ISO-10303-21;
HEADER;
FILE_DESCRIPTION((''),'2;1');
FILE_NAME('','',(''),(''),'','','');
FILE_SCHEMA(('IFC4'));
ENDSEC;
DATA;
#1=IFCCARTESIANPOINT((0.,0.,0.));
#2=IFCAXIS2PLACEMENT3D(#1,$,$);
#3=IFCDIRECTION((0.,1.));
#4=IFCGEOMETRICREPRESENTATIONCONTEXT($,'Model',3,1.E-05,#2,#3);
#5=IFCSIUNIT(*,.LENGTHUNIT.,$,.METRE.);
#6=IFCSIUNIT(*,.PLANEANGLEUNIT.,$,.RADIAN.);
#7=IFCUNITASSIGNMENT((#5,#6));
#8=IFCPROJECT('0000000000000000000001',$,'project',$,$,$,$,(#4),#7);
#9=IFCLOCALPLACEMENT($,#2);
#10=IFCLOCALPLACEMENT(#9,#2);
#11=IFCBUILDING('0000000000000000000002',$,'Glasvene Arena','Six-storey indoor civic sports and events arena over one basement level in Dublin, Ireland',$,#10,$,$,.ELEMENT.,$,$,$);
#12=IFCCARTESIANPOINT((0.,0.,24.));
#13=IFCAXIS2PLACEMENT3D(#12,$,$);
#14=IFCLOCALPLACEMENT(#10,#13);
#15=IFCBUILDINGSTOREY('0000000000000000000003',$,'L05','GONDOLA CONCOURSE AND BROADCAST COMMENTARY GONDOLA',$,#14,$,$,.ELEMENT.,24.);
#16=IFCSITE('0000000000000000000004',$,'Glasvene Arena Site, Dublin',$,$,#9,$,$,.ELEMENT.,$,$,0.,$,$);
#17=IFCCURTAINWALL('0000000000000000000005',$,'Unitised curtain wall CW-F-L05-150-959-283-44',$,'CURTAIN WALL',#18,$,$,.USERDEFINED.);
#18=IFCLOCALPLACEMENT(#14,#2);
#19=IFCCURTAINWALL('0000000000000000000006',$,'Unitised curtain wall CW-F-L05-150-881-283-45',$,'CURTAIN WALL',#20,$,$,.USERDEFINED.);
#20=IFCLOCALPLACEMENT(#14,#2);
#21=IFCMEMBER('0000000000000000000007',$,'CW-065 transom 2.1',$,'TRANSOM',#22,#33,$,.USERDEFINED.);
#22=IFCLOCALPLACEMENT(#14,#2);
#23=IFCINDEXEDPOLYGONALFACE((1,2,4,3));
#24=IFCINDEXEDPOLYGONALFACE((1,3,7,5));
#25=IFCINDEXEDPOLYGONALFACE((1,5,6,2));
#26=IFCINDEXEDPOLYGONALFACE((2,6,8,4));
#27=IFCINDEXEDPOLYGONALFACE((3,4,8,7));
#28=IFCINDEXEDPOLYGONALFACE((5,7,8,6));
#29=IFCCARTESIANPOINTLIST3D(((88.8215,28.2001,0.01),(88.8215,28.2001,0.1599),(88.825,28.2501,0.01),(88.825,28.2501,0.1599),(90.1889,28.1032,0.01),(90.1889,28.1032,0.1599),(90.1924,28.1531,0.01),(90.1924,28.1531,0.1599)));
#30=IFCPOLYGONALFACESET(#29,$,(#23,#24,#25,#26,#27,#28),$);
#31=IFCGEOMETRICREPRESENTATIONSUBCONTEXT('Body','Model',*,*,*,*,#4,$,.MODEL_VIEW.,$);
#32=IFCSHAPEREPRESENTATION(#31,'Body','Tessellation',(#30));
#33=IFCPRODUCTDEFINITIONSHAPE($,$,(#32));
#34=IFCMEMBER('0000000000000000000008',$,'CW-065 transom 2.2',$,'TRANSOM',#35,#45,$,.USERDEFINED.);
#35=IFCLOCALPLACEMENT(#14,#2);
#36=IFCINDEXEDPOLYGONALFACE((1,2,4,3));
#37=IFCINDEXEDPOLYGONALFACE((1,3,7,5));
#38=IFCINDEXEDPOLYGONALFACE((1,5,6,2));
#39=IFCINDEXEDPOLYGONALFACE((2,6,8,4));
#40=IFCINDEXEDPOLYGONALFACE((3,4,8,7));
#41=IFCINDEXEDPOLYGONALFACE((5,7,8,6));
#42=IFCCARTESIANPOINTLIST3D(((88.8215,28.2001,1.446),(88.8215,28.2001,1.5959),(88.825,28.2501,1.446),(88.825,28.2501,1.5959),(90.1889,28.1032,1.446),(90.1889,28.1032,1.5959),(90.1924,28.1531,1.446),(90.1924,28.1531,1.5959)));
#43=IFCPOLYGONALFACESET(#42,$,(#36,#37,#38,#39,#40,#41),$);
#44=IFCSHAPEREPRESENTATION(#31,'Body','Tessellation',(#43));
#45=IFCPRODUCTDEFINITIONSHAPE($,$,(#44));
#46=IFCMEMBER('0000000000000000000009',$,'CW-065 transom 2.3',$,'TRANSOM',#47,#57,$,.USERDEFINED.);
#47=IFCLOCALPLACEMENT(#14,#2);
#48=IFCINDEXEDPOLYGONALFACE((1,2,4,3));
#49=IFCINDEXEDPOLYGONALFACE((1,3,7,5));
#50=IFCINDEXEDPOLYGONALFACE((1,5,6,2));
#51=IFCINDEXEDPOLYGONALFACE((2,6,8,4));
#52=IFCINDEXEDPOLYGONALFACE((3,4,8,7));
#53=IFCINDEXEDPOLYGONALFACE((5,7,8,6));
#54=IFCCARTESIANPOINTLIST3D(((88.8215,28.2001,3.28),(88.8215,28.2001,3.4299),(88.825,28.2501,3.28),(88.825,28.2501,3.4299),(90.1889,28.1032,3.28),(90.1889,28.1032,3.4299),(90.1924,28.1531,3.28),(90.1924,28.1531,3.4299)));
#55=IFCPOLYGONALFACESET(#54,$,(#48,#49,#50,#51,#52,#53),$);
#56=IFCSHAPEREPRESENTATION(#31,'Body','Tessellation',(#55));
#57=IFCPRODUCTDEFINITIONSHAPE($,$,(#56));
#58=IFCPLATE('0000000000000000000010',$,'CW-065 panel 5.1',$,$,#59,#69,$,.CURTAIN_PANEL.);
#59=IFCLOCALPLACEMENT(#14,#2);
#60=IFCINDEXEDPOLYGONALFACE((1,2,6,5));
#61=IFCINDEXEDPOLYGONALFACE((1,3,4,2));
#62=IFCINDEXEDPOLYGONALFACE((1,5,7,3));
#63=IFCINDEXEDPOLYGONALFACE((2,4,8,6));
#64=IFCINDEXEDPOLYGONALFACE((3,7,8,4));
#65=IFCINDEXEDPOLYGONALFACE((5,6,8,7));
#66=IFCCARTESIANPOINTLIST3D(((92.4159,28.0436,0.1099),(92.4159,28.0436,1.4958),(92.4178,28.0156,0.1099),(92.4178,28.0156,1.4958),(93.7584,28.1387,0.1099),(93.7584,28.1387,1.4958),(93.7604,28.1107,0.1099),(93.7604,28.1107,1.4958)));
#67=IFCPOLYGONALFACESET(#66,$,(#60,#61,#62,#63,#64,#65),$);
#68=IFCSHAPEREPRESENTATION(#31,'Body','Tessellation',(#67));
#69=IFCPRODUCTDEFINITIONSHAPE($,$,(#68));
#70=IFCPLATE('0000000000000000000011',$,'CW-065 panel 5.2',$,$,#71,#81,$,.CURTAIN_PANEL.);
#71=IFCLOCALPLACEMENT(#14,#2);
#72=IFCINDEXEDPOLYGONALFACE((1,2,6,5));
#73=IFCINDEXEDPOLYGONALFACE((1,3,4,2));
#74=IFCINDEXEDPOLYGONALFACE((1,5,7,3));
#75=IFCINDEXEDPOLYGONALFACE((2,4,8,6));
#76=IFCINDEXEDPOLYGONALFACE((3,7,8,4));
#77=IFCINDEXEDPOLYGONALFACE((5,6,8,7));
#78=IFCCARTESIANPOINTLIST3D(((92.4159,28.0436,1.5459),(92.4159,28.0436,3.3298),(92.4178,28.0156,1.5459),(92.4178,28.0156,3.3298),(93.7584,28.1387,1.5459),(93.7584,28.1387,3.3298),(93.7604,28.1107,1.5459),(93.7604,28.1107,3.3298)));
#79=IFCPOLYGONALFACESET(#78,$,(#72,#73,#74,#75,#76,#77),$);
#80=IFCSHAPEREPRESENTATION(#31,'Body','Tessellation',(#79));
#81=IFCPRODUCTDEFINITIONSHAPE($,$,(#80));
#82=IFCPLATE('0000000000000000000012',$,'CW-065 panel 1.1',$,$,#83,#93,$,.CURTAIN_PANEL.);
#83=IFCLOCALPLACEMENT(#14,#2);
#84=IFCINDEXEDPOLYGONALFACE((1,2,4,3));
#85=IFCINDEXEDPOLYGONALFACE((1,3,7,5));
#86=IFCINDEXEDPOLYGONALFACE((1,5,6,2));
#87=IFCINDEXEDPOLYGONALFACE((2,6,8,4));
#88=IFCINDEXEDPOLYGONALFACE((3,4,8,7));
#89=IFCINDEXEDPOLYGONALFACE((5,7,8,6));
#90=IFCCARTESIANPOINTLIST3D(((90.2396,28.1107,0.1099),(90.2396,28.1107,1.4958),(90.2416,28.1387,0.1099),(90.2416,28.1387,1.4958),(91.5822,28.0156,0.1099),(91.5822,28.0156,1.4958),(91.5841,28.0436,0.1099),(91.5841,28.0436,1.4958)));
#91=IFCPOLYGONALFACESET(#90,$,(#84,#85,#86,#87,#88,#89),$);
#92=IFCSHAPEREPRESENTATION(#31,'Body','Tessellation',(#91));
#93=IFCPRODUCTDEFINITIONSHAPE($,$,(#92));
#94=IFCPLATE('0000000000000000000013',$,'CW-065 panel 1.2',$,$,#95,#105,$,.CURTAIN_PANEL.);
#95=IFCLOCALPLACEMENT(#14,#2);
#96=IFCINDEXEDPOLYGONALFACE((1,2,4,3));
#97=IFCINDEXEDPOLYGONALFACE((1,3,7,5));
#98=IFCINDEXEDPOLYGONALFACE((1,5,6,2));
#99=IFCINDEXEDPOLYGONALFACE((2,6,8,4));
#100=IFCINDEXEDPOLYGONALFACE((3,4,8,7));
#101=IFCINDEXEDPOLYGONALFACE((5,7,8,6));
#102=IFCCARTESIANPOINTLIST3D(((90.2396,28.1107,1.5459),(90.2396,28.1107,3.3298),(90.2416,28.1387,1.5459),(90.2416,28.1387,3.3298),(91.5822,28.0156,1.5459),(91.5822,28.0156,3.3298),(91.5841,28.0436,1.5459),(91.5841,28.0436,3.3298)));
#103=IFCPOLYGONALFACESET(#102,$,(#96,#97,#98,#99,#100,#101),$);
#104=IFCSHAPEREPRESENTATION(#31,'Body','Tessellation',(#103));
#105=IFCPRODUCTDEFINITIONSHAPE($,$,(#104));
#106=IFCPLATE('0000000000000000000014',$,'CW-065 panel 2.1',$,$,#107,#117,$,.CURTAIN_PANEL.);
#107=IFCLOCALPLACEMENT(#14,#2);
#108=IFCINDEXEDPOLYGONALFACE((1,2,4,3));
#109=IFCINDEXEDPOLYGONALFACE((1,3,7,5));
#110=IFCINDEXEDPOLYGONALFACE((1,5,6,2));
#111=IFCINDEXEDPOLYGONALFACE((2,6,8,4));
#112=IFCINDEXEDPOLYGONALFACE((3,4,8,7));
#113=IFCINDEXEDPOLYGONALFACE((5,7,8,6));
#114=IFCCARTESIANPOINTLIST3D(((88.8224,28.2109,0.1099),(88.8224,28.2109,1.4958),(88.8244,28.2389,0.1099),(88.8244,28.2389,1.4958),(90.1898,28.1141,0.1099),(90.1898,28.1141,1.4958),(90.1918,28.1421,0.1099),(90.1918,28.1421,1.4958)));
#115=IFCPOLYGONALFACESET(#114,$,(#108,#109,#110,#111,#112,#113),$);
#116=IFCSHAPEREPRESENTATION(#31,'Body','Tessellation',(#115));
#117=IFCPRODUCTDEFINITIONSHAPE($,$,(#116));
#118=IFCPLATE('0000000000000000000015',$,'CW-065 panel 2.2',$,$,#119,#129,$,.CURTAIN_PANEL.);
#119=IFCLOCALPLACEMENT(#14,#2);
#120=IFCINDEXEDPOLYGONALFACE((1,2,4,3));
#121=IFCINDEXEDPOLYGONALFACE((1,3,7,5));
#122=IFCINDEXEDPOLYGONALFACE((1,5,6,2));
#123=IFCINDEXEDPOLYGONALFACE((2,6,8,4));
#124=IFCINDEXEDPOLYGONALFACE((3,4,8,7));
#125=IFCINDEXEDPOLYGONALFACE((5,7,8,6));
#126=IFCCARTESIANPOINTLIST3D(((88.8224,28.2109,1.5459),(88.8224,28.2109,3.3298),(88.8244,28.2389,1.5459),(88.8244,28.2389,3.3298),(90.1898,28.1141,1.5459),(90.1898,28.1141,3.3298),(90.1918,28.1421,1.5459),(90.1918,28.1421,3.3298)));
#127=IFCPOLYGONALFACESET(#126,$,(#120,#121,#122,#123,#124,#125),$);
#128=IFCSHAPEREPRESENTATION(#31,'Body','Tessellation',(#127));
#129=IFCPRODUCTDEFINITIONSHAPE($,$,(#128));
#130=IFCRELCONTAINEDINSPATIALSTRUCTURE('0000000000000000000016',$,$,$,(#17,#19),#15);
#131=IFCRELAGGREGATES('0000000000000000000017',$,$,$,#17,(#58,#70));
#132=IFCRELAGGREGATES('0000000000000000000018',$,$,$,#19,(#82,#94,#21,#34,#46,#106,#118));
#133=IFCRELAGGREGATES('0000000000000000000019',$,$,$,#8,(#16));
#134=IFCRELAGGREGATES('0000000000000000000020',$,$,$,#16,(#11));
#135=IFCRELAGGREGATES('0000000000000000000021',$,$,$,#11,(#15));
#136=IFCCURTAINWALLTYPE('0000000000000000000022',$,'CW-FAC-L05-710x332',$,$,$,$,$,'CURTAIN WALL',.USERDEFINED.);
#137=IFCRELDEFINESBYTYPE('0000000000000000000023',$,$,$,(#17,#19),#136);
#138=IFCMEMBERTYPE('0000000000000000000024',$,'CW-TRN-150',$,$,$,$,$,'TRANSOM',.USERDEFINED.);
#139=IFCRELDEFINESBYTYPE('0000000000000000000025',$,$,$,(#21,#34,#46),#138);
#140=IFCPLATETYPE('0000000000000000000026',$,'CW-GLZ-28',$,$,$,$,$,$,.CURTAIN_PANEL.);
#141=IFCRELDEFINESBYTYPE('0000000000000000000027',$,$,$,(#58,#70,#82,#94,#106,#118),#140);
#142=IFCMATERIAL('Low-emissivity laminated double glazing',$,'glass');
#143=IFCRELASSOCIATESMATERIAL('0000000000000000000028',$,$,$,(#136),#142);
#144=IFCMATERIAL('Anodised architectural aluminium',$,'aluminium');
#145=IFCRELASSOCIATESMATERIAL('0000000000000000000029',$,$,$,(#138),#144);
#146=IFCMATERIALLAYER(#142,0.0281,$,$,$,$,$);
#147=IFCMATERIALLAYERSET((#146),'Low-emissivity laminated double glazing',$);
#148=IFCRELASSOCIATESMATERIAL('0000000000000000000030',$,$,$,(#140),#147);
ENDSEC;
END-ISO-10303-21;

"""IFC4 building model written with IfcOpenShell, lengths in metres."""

from ifc_helpers import new_model, si_unit, direction, frame, origin, origin_2d, place, context, subcontext, project, spatial, rectangle, extrude, material, layer, layer_set, material_profile, profile_set, type_object, element, aggregate, save


model = new_model("IFC4")

# Units and contexts
model_context = context("Model", 3, precision=1e-05, world=origin(), true_north=direction((0.0, 1.0)))
body_context = subcontext(model_context, "Body", "Model", "MODEL_VIEW")
ifc_project = project(units=[si_unit("LENGTHUNIT", "METRE"), si_unit("PLANEANGLEUNIT", "RADIAN")], contexts=[model_context])

# Site, building, storey
site_placement = place(None, origin())
site = spatial("IfcSite", under=ifc_project, at=site_placement, Name="Glasvene Arena Site, Dublin", CompositionType="ELEMENT", RefElevation=0.0)
building_placement = place(site_placement, origin())
building = spatial("IfcBuilding", under=site, at=building_placement, Name="Glasvene Arena", Description="Six-storey indoor civic sports and events arena over one basement level in Dublin, Ireland", CompositionType="ELEMENT")
storey_placement = place(building_placement, frame((0.0, 0.0, 24.0)))
storey = spatial("IfcBuildingStorey", under=building, at=storey_placement, Name="L05", Description="GONDOLA CONCOURSE AND BROADCAST COMMENTARY GONDOLA", CompositionType="ELEMENT", Elevation=24.0)

# Curtain walls
ifc_material_1 = material(Name="Low-emissivity laminated double glazing", Category="glass")
curtain_wall_type = type_object("IfcCurtainWallType", Name="CW-FAC-L05-710x332", ElementType="CURTAIN WALL", PredefinedType="USERDEFINED", material=ifc_material_1)
curtain_wall_1_placement = place(storey_placement, frame((99.4539, 28.5281, 0.0)))
curtain_wall_1 = element("IfcCurtainWall", 1, at=curtain_wall_1_placement, inside=storey, type_object=curtain_wall_type, Name="Unitised curtain wall CW-F-L05-150-959-283-44", ObjectType="CURTAIN WALL", PredefinedType="USERDEFINED")
ifc_material_2 = material(Name="Anodised architectural aluminium", Category="aluminium")
curtain_wall_2_placement = place(storey_placement, frame((91.6331, 28.0259, 0.0)))
curtain_wall_2 = element("IfcCurtainWall", 2, at=curtain_wall_2_placement, inside=storey, type_object=curtain_wall_type, Name="Unitised curtain wall CW-F-L05-150-881-283-45", ObjectType="CURTAIN WALL", PredefinedType="USERDEFINED")

# Members
ifc_material_profile_1 = material_profile(ifc_material_2, rectangle(XDim=0.05, YDim=0.1499, at=origin_2d()), Name="ALU TRANSOM 50x150")
ifc_profile_set_1 = profile_set([ifc_material_profile_1], Name="Anodised architectural aluminium")
member_type_1 = type_object("IfcMemberType", Name="CW-TRN-150", ElementType="TRANSOM", PredefinedType="USERDEFINED", material=ifc_profile_set_1)
member_1_placement = place(storey_placement, frame((90.1907, 28.1282, 0.085), z_axis=(-0.997497, 0.070703, 0.0), x_axis=(-0.070703, -0.997497, 0.0)))
member_1 = element("IfcMember", 3, at=member_1_placement, type_object=member_type_1, Name="CW-065 transom 2.1", ObjectType="TRANSOM", PredefinedType="USERDEFINED", context=body_context, shape_type="SweptSolid", body=[
    extrude(rectangle(XDim=0.05, YDim=0.1499, at=origin_2d()), origin(), (0.0, 0.0, 1.0), 1.3708),
])
member_2_placement = place(storey_placement, frame((90.1907, 28.1282, 1.521), z_axis=(-0.997497, 0.070703, 0.0), x_axis=(-0.070703, -0.997497, 0.0)))
member_2 = element("IfcMember", 4, at=member_2_placement, type_object=member_type_1, Name="CW-065 transom 2.2", ObjectType="TRANSOM", PredefinedType="USERDEFINED", context=body_context, shape_type="SweptSolid", body=[
    extrude(rectangle(XDim=0.05, YDim=0.1499, at=origin_2d()), origin(), (0.0, 0.0, 1.0), 1.3708),
])
member_3_placement = place(storey_placement, frame((90.1907, 28.1282, 3.355), z_axis=(-0.997497, 0.070703, 0.0), x_axis=(-0.070703, -0.997497, 0.0)))
member_3 = element("IfcMember", 5, at=member_3_placement, type_object=member_type_1, Name="CW-065 transom 2.3", ObjectType="TRANSOM", PredefinedType="USERDEFINED", context=body_context, shape_type="SweptSolid", body=[
    extrude(rectangle(XDim=0.05, YDim=0.1499, at=origin_2d()), origin(), (0.0, 0.0, 1.0), 1.3708),
])

# Plates
ifc_layer = layer(ifc_material_1, 0.0281)
ifc_layer_set = layer_set([ifc_layer], Name="Low-emissivity laminated double glazing")
plate_type = type_object("IfcPlateType", Name="CW-GLZ-28", PredefinedType="CURTAIN_PANEL", material=ifc_layer_set)
plate_1_placement = place(storey_placement, frame((93.0881, 28.0771, 0.1099), z_axis=(0.0, 0.0, 1.0), x_axis=(-0.997501, -0.070657, 0.0)))
plate_1 = element("IfcPlate", 6, at=plate_1_placement, type_object=plate_type, Name="CW-065 panel 5.1", PredefinedType="CURTAIN_PANEL", context=body_context, shape_type="SweptSolid", body=[
    extrude(rectangle(XDim=1.3459, YDim=0.0281, at=origin_2d()), origin(), (0.0, 0.0, 1.0), 1.386),
])
plate_2_placement = place(storey_placement, frame((93.0881, 28.0771, 1.5459), z_axis=(0.0, 0.0, 1.0), x_axis=(-0.997501, -0.070657, 0.0)))
plate_2 = element("IfcPlate", 7, at=plate_2_placement, type_object=plate_type, Name="CW-065 panel 5.2", PredefinedType="CURTAIN_PANEL", context=body_context, shape_type="SweptSolid", body=[
    extrude(rectangle(XDim=1.3459, YDim=0.0281, at=origin_2d()), origin(), (0.0, 0.0, 1.0), 1.7839),
])
aggregate(curtain_wall_1, [plate_1, plate_2])
plate_3_placement = place(storey_placement, frame((90.9119, 28.0771, 0.1099), z_axis=(0.0, 0.0, 1.0), x_axis=(-0.997501, 0.070657, 0.0)))
plate_3 = element("IfcPlate", 8, at=plate_3_placement, type_object=plate_type, Name="CW-065 panel 1.1", PredefinedType="CURTAIN_PANEL", context=body_context, shape_type="SweptSolid", body=[
    extrude(rectangle(XDim=1.3459, YDim=0.0281, at=origin_2d()), origin(), (0.0, 0.0, 1.0), 1.386),
])
plate_4_placement = place(storey_placement, frame((90.9119, 28.0771, 1.5459), z_axis=(0.0, 0.0, 1.0), x_axis=(-0.997501, 0.070657, 0.0)))
plate_4 = element("IfcPlate", 9, at=plate_4_placement, type_object=plate_type, Name="CW-065 panel 1.2", PredefinedType="CURTAIN_PANEL", context=body_context, shape_type="SweptSolid", body=[
    extrude(rectangle(XDim=1.3459, YDim=0.0281, at=origin_2d()), origin(), (0.0, 0.0, 1.0), 1.7839),
])
plate_5_placement = place(storey_placement, frame((89.5071, 28.1765, 0.1099), z_axis=(0.0, 0.0, 1.0), x_axis=(-0.997501, 0.070657, 0.0)))
plate_5 = element("IfcPlate", 10, at=plate_5_placement, type_object=plate_type, Name="CW-065 panel 2.1", PredefinedType="CURTAIN_PANEL", context=body_context, shape_type="SweptSolid", body=[
    extrude(rectangle(XDim=1.3708, YDim=0.0281, at=origin_2d()), origin(), (0.0, 0.0, 1.0), 1.386),
])
plate_6_placement = place(storey_placement, frame((89.5071, 28.1765, 1.5459), z_axis=(0.0, 0.0, 1.0), x_axis=(-0.997501, 0.070657, 0.0)))
plate_6 = element("IfcPlate", 11, at=plate_6_placement, type_object=plate_type, Name="CW-065 panel 2.2", PredefinedType="CURTAIN_PANEL", context=body_context, shape_type="SweptSolid", body=[
    extrude(rectangle(XDim=1.3708, YDim=0.0281, at=origin_2d()), origin(), (0.0, 0.0, 1.0), 1.7839),
])
aggregate(curtain_wall_2, [plate_3, plate_4, member_1, member_2, member_3, plate_5, plate_6])

save(model, "model.ifc")
